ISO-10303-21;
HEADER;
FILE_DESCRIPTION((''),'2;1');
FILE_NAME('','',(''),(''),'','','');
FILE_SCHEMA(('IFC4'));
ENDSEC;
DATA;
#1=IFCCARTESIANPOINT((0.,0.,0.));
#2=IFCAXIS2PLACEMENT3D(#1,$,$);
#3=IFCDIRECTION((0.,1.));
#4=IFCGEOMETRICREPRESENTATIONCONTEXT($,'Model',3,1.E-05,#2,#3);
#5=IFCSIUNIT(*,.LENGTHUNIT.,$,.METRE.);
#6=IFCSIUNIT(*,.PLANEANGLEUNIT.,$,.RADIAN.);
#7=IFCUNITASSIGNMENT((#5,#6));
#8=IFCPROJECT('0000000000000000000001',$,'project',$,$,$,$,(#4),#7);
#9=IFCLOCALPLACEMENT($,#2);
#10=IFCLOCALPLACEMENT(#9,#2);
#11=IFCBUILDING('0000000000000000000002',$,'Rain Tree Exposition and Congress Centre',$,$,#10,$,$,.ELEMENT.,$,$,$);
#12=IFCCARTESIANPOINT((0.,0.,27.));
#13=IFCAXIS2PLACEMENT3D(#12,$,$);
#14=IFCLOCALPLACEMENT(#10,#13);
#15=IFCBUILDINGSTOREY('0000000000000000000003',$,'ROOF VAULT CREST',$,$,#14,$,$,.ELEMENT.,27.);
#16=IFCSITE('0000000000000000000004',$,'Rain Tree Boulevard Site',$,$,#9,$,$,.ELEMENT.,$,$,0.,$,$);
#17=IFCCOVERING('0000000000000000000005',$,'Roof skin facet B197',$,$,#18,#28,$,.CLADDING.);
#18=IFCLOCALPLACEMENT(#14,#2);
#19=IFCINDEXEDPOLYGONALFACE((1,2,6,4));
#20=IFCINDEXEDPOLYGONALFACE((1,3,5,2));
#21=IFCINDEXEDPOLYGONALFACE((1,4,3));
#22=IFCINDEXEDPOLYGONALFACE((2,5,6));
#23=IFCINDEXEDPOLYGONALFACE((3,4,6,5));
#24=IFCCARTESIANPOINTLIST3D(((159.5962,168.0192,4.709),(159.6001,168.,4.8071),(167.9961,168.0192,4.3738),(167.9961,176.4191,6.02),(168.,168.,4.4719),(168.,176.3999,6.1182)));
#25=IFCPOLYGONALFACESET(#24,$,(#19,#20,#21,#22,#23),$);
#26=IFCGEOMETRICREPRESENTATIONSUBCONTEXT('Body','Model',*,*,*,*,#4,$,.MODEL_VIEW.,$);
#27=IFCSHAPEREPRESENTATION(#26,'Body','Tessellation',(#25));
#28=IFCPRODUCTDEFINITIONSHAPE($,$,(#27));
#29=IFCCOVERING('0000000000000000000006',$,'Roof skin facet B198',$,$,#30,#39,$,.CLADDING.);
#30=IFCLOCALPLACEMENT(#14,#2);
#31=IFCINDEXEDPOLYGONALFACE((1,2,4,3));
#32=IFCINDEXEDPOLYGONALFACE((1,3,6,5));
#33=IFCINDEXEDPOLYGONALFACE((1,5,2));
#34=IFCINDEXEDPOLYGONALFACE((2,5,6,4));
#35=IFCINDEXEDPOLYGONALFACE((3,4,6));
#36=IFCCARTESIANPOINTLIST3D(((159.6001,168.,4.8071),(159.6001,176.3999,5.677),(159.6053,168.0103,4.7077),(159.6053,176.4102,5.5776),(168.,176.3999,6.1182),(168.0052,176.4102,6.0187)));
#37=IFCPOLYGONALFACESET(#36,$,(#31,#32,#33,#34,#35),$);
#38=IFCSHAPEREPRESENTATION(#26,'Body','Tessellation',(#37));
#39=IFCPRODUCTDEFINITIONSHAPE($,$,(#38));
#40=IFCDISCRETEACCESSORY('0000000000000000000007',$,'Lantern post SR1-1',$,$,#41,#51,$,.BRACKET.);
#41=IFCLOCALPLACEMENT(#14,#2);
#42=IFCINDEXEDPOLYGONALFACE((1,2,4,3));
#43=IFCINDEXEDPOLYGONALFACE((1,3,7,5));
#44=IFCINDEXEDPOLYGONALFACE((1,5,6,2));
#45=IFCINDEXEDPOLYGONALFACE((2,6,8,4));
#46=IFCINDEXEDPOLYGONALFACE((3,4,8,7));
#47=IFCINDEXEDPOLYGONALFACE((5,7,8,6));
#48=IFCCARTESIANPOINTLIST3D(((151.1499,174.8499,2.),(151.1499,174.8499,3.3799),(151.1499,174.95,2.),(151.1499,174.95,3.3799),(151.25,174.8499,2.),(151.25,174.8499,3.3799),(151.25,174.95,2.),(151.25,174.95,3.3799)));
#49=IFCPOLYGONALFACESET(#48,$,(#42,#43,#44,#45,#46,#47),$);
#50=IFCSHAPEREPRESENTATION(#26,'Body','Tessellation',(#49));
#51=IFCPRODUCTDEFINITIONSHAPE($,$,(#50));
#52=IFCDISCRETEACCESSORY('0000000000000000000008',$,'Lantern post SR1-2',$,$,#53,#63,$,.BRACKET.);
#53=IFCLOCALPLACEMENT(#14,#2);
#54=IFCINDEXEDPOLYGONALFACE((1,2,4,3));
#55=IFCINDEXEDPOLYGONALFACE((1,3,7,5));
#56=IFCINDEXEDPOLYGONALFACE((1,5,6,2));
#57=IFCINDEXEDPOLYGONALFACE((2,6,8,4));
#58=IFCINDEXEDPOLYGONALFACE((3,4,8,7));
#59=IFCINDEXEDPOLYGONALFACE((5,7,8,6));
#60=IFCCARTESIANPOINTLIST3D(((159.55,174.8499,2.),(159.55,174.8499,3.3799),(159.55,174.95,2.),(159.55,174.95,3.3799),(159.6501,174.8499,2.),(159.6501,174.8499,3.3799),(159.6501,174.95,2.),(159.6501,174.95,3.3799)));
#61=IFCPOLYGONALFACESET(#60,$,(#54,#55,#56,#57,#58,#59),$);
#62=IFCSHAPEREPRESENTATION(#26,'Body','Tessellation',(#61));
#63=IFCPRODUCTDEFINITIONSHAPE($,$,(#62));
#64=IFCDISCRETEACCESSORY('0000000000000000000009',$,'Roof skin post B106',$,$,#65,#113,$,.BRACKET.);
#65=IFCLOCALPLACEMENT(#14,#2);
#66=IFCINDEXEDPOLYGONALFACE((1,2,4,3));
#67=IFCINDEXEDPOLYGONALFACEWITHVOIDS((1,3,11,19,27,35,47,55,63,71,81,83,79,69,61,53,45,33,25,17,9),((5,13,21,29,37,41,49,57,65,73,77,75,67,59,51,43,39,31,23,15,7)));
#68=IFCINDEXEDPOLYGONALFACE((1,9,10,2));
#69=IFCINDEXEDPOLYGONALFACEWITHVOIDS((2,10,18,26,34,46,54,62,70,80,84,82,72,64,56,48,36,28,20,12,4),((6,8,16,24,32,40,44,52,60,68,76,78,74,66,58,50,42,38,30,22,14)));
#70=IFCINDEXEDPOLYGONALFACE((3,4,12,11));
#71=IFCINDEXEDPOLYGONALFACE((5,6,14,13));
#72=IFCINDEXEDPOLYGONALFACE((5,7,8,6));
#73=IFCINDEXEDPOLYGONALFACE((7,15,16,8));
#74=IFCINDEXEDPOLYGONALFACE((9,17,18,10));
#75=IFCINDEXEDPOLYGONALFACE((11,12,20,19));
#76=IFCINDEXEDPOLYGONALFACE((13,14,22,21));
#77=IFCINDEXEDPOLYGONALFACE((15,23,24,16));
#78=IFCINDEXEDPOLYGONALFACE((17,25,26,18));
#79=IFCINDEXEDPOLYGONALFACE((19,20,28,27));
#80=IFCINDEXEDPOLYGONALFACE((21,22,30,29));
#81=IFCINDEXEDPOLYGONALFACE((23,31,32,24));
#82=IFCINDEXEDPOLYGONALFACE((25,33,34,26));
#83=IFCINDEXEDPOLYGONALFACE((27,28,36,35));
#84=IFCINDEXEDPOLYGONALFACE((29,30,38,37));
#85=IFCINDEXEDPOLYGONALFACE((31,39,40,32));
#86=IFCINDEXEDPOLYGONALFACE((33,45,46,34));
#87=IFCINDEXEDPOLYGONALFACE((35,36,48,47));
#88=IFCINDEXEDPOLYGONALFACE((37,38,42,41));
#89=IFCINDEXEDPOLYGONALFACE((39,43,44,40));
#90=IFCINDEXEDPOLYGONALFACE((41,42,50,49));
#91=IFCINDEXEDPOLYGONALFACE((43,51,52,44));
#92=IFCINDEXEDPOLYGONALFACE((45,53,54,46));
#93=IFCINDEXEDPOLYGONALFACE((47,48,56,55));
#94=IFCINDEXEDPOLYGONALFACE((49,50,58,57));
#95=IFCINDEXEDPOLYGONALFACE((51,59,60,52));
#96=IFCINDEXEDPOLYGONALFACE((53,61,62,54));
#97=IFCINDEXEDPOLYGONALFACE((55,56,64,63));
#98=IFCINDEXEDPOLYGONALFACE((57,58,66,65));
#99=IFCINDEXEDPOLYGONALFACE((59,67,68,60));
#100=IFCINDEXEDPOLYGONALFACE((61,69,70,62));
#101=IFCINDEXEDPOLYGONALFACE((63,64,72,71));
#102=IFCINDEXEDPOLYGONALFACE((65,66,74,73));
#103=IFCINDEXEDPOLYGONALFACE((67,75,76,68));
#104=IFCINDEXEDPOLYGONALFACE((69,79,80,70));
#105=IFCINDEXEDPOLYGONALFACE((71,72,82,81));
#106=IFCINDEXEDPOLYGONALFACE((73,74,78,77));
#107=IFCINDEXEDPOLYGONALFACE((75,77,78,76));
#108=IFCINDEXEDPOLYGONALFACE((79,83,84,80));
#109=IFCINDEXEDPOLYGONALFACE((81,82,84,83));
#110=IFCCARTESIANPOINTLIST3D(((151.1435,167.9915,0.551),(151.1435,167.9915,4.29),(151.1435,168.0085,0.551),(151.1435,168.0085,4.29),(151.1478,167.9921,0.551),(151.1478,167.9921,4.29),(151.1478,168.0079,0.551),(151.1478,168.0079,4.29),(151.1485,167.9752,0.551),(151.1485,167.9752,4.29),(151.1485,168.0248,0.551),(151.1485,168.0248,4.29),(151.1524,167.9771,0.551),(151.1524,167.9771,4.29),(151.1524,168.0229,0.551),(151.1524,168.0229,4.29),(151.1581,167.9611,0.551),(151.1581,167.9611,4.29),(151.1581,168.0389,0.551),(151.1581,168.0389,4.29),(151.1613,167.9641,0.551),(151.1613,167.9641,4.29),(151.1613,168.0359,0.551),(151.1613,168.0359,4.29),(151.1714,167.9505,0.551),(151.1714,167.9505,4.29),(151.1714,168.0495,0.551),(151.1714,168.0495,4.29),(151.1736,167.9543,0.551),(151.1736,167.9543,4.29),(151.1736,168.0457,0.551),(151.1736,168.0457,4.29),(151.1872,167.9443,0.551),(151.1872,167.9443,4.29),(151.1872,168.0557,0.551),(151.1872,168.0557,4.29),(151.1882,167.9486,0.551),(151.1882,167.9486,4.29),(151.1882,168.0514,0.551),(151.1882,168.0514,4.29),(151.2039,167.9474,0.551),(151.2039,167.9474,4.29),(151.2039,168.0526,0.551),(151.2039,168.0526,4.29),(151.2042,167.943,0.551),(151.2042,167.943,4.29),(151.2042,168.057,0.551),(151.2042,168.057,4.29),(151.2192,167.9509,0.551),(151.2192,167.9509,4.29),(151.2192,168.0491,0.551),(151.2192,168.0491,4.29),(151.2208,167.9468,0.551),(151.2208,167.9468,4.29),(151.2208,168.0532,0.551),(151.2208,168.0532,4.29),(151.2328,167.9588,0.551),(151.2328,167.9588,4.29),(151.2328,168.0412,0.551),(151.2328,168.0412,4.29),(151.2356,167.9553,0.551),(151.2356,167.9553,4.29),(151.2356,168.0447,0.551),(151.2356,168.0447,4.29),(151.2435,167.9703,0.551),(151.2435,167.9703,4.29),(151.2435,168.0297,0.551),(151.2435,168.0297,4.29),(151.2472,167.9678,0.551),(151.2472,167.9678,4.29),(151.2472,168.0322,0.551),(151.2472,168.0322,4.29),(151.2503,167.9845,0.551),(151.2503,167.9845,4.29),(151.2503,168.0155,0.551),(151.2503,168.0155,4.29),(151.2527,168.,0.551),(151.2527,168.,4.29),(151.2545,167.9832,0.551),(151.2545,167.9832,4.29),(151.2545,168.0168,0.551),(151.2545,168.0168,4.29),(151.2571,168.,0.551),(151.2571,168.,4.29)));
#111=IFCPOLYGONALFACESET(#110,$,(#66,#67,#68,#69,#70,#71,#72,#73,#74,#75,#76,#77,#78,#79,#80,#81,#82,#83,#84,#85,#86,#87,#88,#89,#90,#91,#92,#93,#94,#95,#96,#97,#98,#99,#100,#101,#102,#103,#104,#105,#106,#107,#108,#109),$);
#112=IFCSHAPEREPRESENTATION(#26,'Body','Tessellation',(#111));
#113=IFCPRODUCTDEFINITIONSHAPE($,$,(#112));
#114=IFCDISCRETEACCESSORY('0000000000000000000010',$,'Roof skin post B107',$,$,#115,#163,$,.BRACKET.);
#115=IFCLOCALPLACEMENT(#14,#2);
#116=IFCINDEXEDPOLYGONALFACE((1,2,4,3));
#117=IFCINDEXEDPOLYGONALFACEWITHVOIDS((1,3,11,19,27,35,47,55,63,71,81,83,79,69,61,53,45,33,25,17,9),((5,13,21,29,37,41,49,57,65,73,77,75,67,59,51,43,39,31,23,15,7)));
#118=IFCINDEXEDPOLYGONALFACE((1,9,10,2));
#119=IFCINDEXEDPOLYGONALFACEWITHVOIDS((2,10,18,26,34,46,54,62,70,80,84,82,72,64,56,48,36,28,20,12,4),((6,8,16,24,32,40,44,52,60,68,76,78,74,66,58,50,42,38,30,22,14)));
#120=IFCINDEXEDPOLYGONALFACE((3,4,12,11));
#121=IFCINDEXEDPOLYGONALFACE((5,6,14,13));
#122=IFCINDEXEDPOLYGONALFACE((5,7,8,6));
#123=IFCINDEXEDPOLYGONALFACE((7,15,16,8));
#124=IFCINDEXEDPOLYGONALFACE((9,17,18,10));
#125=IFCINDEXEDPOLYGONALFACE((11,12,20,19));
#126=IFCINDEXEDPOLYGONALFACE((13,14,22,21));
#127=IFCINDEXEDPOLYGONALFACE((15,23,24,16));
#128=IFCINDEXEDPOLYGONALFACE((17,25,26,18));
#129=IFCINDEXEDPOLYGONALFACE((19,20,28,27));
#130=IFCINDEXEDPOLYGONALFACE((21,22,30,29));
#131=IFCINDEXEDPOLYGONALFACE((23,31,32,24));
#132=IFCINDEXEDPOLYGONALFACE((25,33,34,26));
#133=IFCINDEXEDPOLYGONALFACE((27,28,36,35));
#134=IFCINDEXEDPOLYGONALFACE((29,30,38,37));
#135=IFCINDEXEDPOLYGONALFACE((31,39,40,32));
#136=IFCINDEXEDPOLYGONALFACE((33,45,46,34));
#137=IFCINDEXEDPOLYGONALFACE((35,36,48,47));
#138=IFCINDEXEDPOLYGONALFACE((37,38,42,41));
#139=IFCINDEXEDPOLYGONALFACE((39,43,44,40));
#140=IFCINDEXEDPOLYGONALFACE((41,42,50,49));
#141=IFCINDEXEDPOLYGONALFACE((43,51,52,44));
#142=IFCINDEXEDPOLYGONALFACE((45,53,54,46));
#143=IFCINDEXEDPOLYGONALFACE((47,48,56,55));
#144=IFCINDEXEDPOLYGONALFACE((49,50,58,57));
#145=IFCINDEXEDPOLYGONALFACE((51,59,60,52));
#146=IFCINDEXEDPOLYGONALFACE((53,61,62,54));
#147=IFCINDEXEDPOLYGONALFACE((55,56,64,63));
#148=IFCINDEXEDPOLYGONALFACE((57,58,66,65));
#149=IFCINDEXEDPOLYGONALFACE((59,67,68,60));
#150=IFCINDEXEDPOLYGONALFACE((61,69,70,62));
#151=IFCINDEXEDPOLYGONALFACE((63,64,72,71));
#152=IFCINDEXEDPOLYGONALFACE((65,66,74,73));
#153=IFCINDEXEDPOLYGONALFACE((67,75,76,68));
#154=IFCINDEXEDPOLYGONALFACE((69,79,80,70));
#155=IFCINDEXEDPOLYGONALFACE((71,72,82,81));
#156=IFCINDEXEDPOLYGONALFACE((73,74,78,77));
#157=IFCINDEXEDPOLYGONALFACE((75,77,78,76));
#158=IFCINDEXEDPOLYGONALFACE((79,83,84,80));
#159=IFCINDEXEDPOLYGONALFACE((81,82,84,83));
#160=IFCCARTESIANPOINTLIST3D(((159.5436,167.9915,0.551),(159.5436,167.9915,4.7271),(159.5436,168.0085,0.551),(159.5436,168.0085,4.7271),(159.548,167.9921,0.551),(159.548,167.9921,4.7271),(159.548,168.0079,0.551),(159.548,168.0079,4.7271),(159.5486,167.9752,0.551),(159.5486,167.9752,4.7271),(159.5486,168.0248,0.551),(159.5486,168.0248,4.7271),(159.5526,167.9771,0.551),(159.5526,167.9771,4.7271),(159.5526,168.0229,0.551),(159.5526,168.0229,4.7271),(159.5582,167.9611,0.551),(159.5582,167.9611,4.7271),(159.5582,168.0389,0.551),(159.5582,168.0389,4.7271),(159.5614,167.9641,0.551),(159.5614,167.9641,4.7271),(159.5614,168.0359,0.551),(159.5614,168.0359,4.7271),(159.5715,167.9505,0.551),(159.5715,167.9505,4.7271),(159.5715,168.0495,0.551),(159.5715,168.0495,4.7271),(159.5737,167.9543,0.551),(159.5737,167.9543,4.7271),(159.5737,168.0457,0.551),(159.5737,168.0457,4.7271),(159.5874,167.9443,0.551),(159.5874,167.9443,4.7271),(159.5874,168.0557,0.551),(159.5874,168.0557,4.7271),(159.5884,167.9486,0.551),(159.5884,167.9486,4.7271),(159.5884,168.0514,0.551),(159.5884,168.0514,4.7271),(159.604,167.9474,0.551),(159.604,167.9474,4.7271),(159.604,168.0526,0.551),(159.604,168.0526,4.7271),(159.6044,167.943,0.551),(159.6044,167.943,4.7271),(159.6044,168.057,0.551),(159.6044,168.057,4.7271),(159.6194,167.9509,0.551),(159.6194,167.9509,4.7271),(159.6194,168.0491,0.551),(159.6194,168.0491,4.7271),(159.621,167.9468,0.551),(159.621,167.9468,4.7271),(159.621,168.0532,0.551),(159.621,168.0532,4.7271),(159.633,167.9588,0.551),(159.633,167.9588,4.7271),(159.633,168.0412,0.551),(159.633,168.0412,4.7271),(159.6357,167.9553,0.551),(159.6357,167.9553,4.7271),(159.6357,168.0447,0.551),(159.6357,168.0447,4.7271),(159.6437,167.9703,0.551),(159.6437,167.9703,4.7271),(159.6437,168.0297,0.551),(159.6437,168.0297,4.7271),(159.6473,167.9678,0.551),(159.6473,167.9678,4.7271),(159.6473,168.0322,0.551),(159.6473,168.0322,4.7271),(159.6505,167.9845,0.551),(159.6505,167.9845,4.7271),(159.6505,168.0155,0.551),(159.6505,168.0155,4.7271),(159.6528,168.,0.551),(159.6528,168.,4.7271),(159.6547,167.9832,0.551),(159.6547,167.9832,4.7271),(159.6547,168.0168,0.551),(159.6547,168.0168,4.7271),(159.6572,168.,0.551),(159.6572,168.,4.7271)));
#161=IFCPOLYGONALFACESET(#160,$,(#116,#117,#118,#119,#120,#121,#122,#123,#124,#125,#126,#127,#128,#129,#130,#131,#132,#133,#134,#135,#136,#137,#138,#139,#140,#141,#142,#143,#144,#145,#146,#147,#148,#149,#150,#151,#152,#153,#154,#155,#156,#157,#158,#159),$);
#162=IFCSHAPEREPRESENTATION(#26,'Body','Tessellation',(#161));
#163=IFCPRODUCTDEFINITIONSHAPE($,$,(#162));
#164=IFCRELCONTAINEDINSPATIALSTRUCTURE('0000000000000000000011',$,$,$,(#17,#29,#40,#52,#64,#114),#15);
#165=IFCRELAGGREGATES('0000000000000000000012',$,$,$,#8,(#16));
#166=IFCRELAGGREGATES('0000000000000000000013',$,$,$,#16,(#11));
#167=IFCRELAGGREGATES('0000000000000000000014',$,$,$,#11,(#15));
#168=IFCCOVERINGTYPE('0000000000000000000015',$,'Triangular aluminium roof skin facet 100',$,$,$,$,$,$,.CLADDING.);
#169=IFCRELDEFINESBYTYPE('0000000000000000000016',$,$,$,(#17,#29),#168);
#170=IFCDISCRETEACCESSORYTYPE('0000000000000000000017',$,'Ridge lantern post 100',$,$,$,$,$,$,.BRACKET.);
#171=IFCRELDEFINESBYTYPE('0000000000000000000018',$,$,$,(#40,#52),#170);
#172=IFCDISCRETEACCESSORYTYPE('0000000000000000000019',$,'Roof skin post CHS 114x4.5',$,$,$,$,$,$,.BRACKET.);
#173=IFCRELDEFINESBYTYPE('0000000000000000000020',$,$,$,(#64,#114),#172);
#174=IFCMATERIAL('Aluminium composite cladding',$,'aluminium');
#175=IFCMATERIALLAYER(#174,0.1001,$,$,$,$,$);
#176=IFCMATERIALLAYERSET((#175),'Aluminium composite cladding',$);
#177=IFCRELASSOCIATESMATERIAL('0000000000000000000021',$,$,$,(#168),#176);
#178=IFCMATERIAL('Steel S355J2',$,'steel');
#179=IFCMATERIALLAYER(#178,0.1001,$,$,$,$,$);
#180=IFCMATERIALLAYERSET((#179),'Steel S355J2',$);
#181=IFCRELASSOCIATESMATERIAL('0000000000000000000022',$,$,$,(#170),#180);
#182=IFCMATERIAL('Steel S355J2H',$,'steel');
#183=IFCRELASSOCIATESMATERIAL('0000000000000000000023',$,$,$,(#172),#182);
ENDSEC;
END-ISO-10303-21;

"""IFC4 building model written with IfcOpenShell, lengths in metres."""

from ifc_helpers import new_model, si_unit, direction, frame, origin, origin_2d, place, context, subcontext, project, spatial, polyline, rectangle, hollow_circle, outline, extrude, material, layer, layer_set, material_profile, profile_set, type_object, element, save


model = new_model("IFC4")

# Units and contexts
model_context = context("Model", 3, precision=1e-05, world=origin(), true_north=direction((0.0, 1.0)))
body_context = subcontext(model_context, "Body", "Model", "MODEL_VIEW")
ifc_project = project(units=[si_unit("LENGTHUNIT", "METRE"), si_unit("PLANEANGLEUNIT", "RADIAN")], contexts=[model_context])

# Site, building, storey
site_placement = place(None, origin())
site = spatial("IfcSite", under=ifc_project, at=site_placement, Name="Rain Tree Boulevard Site", CompositionType="ELEMENT", RefElevation=0.0)
building_placement = place(site_placement, origin())
building = spatial("IfcBuilding", under=site, at=building_placement, Name="Rain Tree Exposition and Congress Centre", CompositionType="ELEMENT")
storey_placement = place(building_placement, frame((0.0, 0.0, 27.0)))
storey = spatial("IfcBuildingStorey", under=building, at=storey_placement, Name="ROOF VAULT CREST", CompositionType="ELEMENT", Elevation=27.0)

# Coverings
ifc_material_1 = material(Name="Aluminium composite cladding", Category="aluminium")
ifc_layer_1 = layer(ifc_material_1, 0.1001)
ifc_layer_set_1 = layer_set([ifc_layer_1], Name="Aluminium composite cladding")
covering_type_1 = type_object("IfcCoveringType", Name="Triangular aluminium roof skin facet 100", PredefinedType="CLADDING", material=ifc_layer_set_1)
covering_1_placement = place(storey_placement, frame((159.6001, 168.0, 4.8071), z_axis=(0.039131, -0.192177, 0.98058), x_axis=(0.999205, 0.0, -0.039874)))
element("IfcCovering", 1, at=covering_1_placement, inside=storey, type_object=covering_type_1, Name="Roof skin facet B197", PredefinedType="CLADDING", context=body_context, shape_type="SweptSolid", body=[
    extrude(outline(polyline([(0.0, 0.0), (8.4066, 0.0), (8.3409, 8.5594), (0.0, 0.0)])), origin(), (0.0, 0.0, -1.0), 0.1001),
])
covering_2_placement = place(storey_placement, frame((159.6001, 168.0, 4.8071), z_axis=(-0.052169, -0.102866, 0.993326), x_axis=(0.702839, 0.702839, 0.109697)))
element("IfcCovering", 2, at=covering_2_placement, inside=storey, type_object=covering_type_1, Name="Roof skin facet B198", PredefinedType="CLADDING", context=body_context, shape_type="SweptSolid", body=[
    extrude(outline(polyline([(0.0, 0.0), (11.9514, 0.0), (5.9992, 5.9434), (0.0, 0.0)])), origin(), (0.0, 0.0, -1.0), 0.1001),
])

# Discrete accessories
ifc_material_2 = material(Name="Steel S355J2", Category="steel")
ifc_layer_2 = layer(ifc_material_2, 0.1001)
ifc_layer_set_2 = layer_set([ifc_layer_2], Name="Steel S355J2")
discrete_accessory_type_1 = type_object("IfcDiscreteAccessoryType", Name="Ridge lantern post 100", PredefinedType="BRACKET", material=ifc_layer_set_2)
for number, where, z_axis, x_axis, name in (
    (3, (151.2, 174.8999, 2.0), (0.0, 0.0, 1.0), (1.0, 0.0, 0.0), "Lantern post SR1-1"),
    (4, (159.6001, 174.8999, 2.0), (0.0, 0.0, 1.0), (1.0, 0.0, 0.0), "Lantern post SR1-2"),
):
    element("IfcDiscreteAccessory", number, at=place(storey_placement, frame(where, z_axis=z_axis, x_axis=x_axis)), inside=storey, type_object=discrete_accessory_type_1, Name=name, PredefinedType="BRACKET", context=body_context, shape_type="SweptSolid", body=[
        extrude(rectangle(XDim=0.1001, YDim=0.1001, at=origin_2d()), origin(), (0.0, 0.0, 1.0), 1.3799),
    ])
ifc_material_3 = material(Name="Steel S355J2H", Category="steel")
ifc_material_profile_1 = material_profile(ifc_material_3, hollow_circle(Radius=0.0571, WallThickness=0.0044, at=origin_2d()), Name="CHS 114x4.5")
ifc_profile_set_1 = profile_set([ifc_material_profile_1], Name="Steel S355J2H")
discrete_accessory_type_2 = type_object("IfcDiscreteAccessoryType", Name="Roof skin post CHS 114x4.5", PredefinedType="BRACKET", material=ifc_profile_set_1)
discrete_accessory_1_placement = place(storey_placement, frame((151.2, 168.0, 0.551), z_axis=(0.0, 0.0, 1.0), x_axis=(1.0, 0.0, 0.0)))
element("IfcDiscreteAccessory", 5, at=discrete_accessory_1_placement, inside=storey, type_object=discrete_accessory_type_2, Name="Roof skin post B106", PredefinedType="BRACKET", context=body_context, shape_type="SweptSolid", body=[
    extrude(hollow_circle(Radius=0.0571, WallThickness=0.0044, at=origin_2d()), origin(), (0.0, 0.0, 1.0), 3.739),
])
discrete_accessory_2_placement = place(storey_placement, frame((159.6001, 168.0, 0.551), z_axis=(0.0, 0.0, 1.0), x_axis=(1.0, 0.0, 0.0)))
element("IfcDiscreteAccessory", 6, at=discrete_accessory_2_placement, inside=storey, type_object=discrete_accessory_type_2, Name="Roof skin post B107", PredefinedType="BRACKET", context=body_context, shape_type="SweptSolid", body=[
    extrude(hollow_circle(Radius=0.0571, WallThickness=0.0044, at=origin_2d()), origin(), (0.0, 0.0, 1.0), 4.176),
])

save(model, "model.ifc")
